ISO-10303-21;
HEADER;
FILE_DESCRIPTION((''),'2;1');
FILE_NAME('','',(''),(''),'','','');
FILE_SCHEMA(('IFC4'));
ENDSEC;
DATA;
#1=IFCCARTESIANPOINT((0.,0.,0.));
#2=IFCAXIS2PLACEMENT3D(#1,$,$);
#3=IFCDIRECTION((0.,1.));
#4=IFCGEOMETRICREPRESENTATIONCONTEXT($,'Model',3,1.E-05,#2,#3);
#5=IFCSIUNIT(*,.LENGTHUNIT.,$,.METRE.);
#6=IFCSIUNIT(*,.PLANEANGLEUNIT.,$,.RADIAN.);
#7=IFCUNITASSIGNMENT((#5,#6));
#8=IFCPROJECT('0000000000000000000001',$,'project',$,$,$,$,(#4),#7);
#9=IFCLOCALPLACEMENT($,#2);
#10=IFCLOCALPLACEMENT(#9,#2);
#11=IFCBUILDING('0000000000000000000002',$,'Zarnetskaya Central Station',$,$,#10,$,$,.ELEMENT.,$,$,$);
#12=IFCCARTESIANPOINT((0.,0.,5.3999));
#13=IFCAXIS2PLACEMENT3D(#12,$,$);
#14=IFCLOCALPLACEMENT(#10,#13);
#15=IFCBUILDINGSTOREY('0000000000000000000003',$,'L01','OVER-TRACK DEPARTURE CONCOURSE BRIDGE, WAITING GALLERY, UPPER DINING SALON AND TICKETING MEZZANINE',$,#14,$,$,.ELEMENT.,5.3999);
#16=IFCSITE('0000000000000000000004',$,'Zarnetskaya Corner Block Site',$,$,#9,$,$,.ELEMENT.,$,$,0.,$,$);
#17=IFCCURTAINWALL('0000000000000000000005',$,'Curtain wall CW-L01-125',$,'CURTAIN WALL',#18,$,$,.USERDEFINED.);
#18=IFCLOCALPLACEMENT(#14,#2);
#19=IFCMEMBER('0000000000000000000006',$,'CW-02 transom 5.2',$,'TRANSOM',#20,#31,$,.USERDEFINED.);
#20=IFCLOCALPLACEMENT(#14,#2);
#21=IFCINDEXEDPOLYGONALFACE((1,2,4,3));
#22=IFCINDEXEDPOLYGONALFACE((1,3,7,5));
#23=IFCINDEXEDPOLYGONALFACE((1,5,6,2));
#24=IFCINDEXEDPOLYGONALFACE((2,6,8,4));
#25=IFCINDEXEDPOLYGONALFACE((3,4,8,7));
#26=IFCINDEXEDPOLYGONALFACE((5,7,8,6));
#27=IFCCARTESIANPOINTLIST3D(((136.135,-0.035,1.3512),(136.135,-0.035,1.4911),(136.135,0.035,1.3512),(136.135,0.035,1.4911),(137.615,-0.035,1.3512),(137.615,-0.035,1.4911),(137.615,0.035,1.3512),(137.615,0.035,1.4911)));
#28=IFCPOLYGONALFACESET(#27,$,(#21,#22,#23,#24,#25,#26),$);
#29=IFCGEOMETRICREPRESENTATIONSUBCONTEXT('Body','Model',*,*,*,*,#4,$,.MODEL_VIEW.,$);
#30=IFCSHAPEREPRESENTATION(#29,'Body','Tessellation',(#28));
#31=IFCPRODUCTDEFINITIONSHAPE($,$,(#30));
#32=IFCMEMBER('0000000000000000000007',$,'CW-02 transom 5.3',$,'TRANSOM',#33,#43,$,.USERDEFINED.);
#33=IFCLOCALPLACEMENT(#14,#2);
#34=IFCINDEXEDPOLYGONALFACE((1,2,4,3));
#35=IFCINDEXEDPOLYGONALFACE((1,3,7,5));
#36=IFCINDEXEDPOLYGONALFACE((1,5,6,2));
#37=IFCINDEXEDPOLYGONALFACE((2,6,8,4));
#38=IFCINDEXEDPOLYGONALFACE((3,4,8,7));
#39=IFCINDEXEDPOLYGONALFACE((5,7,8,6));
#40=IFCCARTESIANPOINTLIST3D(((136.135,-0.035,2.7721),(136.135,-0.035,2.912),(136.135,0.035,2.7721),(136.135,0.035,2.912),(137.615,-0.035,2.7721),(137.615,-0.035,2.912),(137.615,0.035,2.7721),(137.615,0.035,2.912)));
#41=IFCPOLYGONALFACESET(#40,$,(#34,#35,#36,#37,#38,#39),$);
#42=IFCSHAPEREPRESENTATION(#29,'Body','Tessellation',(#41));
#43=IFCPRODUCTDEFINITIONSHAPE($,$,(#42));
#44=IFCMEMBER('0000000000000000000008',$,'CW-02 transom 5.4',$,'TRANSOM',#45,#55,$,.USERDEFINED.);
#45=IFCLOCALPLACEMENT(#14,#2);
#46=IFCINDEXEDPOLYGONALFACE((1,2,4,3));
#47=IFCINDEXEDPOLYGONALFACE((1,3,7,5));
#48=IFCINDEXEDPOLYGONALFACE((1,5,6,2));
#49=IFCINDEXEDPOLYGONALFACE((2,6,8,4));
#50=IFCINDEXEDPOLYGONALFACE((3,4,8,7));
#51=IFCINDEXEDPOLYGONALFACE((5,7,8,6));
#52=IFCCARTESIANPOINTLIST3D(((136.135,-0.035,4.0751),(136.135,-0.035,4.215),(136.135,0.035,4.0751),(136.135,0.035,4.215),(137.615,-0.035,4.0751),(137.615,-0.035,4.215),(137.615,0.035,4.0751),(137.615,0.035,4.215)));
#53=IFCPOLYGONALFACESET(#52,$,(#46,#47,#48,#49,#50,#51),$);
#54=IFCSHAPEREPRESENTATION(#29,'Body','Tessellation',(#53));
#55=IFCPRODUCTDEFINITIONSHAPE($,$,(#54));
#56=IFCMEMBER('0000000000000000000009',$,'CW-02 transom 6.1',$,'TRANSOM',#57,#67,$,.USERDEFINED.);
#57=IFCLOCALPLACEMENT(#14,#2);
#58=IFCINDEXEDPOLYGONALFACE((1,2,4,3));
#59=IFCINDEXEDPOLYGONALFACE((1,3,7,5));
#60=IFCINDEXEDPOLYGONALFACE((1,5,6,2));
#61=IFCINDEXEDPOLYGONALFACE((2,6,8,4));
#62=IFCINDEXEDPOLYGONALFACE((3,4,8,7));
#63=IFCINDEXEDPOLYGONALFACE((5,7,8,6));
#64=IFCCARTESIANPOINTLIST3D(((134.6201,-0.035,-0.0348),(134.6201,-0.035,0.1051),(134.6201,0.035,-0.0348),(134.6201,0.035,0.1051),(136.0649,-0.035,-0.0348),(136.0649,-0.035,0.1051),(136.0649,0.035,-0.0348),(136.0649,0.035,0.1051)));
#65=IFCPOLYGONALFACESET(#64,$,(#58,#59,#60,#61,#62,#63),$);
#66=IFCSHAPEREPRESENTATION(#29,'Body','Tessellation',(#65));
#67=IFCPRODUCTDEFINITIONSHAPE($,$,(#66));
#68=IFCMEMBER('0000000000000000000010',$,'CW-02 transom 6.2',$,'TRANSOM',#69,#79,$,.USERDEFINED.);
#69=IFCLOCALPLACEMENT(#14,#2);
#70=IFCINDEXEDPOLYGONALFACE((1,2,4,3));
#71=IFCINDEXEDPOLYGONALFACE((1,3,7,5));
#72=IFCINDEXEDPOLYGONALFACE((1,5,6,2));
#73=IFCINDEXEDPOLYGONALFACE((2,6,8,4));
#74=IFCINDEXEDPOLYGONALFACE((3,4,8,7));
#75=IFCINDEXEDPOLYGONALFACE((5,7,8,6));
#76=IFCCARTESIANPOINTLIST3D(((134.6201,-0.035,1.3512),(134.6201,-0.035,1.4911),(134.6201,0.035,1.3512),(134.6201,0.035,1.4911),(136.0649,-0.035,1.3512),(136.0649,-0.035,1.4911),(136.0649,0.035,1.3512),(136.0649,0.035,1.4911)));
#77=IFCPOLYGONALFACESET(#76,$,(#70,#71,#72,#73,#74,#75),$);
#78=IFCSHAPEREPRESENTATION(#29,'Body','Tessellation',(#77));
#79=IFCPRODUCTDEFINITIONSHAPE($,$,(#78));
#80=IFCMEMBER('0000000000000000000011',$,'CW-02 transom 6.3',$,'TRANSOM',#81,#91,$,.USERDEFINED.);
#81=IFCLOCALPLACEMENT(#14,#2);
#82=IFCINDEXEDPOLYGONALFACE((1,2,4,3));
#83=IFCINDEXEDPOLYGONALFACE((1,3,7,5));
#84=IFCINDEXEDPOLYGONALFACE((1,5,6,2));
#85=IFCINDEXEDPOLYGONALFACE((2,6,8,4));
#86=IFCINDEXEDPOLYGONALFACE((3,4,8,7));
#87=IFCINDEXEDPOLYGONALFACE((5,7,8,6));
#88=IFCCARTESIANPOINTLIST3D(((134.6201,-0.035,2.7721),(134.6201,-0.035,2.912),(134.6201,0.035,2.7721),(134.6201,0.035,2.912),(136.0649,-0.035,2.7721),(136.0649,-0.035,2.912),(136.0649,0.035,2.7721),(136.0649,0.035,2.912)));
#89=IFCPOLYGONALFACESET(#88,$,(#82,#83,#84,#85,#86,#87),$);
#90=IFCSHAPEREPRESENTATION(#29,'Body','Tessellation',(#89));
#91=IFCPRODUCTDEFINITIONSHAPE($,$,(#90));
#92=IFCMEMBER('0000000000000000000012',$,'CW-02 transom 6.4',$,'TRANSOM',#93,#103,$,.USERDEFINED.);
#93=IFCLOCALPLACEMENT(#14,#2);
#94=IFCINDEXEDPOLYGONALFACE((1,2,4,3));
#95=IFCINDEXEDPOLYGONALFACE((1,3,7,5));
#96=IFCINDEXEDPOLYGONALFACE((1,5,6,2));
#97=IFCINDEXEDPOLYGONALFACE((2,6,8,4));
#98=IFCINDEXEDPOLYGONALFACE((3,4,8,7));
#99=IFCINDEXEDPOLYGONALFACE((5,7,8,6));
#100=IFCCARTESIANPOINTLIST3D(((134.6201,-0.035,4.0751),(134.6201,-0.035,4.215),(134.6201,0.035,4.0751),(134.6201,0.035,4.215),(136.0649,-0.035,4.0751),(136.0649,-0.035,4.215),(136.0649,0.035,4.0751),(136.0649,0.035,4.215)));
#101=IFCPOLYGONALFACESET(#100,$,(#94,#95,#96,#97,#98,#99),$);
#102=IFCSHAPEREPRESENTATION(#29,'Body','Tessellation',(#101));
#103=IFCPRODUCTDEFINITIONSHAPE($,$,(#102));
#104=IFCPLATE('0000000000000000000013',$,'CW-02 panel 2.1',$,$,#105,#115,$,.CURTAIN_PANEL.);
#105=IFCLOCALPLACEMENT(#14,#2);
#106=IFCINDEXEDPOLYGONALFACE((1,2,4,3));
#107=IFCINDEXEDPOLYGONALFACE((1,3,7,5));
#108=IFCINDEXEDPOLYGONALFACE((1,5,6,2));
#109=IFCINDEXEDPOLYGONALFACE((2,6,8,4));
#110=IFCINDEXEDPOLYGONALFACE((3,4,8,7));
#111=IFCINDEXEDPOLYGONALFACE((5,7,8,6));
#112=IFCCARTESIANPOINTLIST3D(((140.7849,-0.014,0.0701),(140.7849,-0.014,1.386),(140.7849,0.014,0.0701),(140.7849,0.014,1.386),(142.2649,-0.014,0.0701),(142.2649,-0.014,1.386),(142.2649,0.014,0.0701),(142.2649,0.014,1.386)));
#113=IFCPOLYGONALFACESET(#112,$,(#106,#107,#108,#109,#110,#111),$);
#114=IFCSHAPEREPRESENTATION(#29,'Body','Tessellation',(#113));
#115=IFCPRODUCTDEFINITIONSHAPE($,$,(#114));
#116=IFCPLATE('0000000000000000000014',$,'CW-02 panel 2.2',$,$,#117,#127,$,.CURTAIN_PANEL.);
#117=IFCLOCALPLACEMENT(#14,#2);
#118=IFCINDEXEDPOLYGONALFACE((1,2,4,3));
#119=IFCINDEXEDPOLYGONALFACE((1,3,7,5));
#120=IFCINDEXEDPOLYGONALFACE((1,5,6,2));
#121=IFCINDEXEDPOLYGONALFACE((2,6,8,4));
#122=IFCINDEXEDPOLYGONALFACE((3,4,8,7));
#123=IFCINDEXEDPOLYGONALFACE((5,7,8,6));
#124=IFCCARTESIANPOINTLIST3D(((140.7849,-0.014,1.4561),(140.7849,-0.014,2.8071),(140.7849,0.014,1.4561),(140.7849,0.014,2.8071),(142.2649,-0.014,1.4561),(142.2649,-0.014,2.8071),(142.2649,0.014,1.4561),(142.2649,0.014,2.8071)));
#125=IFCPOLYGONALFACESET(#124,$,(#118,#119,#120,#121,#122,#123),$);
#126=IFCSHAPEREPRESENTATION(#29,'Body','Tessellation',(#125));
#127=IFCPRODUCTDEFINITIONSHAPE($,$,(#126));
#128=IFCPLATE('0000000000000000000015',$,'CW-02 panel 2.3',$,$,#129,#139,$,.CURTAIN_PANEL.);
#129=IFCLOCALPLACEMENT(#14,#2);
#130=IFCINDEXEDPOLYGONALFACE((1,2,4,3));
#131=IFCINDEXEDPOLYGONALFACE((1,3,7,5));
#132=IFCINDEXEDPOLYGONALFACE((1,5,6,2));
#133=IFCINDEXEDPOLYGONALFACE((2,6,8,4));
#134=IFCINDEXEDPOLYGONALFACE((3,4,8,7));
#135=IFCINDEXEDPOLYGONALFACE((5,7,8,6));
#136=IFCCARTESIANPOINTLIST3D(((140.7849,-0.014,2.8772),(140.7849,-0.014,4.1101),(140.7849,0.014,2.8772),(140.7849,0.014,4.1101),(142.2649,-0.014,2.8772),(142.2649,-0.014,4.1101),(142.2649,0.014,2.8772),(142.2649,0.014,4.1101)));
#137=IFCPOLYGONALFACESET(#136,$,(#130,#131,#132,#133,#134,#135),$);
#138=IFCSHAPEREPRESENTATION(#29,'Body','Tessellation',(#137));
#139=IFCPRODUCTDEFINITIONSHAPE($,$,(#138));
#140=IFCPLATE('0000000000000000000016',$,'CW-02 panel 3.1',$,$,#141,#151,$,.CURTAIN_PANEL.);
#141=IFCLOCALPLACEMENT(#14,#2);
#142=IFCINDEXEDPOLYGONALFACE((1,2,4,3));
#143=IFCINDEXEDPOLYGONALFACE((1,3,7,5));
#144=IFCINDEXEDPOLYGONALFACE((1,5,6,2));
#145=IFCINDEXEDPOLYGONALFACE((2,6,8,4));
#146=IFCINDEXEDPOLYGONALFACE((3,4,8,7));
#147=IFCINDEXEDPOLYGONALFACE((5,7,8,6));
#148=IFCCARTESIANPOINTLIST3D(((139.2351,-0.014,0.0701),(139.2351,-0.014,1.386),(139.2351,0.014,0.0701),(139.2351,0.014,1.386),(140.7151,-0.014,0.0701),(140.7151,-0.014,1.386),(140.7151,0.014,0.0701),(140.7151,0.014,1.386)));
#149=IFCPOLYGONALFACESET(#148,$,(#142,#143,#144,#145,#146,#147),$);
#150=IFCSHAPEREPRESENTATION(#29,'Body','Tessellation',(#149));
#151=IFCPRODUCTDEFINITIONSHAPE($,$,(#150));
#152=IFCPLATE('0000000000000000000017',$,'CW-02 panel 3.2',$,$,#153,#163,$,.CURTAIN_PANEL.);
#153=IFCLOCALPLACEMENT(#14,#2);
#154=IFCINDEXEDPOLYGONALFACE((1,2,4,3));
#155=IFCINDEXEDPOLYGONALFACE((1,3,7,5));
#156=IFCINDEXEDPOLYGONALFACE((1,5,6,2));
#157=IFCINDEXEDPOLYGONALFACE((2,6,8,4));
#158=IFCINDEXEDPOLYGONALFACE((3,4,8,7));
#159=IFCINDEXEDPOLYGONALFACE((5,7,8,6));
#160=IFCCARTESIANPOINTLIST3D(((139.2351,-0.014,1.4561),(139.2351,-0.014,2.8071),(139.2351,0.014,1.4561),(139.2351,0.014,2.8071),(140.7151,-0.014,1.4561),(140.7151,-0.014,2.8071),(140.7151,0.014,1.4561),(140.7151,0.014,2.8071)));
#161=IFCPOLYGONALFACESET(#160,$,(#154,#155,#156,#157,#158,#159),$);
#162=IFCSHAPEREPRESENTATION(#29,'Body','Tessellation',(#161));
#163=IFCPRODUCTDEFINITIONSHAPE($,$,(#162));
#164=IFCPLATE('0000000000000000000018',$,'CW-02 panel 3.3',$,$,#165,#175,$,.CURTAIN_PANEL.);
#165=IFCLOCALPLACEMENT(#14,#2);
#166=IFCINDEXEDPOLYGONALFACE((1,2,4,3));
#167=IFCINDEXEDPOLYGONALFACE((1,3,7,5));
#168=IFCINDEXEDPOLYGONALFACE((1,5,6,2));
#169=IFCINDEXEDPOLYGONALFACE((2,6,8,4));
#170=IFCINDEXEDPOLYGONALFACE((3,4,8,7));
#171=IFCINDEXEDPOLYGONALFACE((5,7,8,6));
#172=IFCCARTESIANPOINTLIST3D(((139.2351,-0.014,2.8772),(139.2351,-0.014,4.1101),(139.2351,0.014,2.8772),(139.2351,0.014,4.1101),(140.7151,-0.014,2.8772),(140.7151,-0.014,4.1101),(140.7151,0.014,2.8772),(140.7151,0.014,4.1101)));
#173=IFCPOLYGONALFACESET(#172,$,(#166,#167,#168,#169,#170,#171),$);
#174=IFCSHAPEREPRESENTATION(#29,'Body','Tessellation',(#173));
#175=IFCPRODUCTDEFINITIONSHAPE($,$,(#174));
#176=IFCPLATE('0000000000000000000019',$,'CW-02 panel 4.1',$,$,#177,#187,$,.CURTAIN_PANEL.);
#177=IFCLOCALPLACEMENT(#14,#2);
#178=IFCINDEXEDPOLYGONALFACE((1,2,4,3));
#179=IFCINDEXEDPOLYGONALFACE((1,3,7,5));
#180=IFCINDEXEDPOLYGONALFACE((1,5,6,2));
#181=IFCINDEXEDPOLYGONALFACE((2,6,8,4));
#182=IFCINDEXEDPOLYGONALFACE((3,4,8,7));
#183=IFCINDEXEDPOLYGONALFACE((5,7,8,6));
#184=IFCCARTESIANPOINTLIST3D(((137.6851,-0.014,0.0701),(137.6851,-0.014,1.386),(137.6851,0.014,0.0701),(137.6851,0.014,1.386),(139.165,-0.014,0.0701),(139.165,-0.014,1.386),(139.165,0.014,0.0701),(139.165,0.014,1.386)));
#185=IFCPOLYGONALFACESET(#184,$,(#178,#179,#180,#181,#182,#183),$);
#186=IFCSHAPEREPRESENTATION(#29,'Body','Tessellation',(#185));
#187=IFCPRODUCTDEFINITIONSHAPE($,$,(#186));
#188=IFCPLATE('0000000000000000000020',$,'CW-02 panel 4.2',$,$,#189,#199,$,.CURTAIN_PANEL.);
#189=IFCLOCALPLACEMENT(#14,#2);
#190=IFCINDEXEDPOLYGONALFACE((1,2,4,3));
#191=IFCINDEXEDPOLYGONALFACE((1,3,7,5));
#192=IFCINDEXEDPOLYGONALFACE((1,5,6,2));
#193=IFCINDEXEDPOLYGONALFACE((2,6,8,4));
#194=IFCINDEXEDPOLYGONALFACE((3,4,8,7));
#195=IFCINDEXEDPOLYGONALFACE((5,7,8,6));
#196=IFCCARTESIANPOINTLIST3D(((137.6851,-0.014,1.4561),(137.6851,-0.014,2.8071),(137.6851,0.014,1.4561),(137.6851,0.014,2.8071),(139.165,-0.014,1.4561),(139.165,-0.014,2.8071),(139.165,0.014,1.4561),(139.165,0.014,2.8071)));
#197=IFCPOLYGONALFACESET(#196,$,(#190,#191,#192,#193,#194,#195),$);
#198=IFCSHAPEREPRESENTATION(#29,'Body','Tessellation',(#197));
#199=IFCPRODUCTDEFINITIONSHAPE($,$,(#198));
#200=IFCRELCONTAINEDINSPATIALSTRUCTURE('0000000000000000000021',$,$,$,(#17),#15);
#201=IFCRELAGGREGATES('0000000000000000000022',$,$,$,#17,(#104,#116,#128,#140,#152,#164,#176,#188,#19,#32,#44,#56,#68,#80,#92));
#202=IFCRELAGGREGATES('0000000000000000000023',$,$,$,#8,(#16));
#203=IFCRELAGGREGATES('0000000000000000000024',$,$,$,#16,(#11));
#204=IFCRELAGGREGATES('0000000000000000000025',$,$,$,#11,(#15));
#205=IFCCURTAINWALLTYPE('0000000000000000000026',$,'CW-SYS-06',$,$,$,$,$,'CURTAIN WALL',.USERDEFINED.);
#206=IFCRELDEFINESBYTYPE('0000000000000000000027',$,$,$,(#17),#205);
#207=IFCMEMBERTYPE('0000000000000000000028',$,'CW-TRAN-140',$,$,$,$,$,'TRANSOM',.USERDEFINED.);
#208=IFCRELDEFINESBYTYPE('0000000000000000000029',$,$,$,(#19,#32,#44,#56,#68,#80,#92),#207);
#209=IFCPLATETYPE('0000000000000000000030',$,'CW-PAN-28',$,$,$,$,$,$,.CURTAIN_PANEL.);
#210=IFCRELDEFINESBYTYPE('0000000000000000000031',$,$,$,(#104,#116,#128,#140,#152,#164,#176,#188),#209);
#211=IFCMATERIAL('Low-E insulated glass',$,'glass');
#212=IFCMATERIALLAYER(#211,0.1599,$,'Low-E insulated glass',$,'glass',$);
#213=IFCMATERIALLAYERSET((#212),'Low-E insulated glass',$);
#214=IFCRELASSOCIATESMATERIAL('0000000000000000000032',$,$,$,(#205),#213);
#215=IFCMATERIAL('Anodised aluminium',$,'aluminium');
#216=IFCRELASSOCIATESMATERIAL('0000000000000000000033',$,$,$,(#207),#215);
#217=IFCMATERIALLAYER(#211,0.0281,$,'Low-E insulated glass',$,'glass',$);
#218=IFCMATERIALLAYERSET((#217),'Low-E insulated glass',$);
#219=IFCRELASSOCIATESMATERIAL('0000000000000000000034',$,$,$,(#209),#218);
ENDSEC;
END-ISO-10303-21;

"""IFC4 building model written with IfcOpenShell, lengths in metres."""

from ifc_helpers import new_model, si_unit, direction, frame, origin, origin_2d, place, context, subcontext, project, spatial, rectangle, extrude, material, layer, layer_set, material_profile, profile_set, type_object, element, aggregate, save


model = new_model("IFC4")

# Units and contexts
model_context = context("Model", 3, precision=1e-05, world=origin(), true_north=direction((0.0, 1.0)))
body_context = subcontext(model_context, "Body", "Model", "MODEL_VIEW")
ifc_project = project(units=[si_unit("LENGTHUNIT", "METRE"), si_unit("PLANEANGLEUNIT", "RADIAN")], contexts=[model_context])

# Site, building, storey
site_placement = place(None, origin())
site = spatial("IfcSite", under=ifc_project, at=site_placement, Name="Zarnetskaya Corner Block Site", CompositionType="ELEMENT", RefElevation=0.0)
building_placement = place(site_placement, origin())
building = spatial("IfcBuilding", under=site, at=building_placement, Name="Zarnetskaya Central Station", CompositionType="ELEMENT")
storey_placement = place(building_placement, frame((0.0, 0.0, 5.3999)))
storey = spatial("IfcBuildingStorey", under=building, at=storey_placement, Name="L01", Description="OVER-TRACK DEPARTURE CONCOURSE BRIDGE, WAITING GALLERY, UPPER DINING SALON AND TICKETING MEZZANINE", CompositionType="ELEMENT", Elevation=5.3999)

# Curtain wall, members, plates
ifc_material_1 = material(Name="Low-E insulated glass", Category="glass")
ifc_layer_1 = layer(ifc_material_1, 0.1599, Name="Low-E insulated glass", Category="glass")
ifc_layer_set_1 = layer_set([ifc_layer_1], Name="Low-E insulated glass")
curtain_wall_type = type_object("IfcCurtainWallType", Name="CW-SYS-06", ElementType="CURTAIN WALL", PredefinedType="USERDEFINED", material=ifc_layer_set_1)
curtain_wall_placement = place(storey_placement, origin())
curtain_wall = element("IfcCurtainWall", 1, at=curtain_wall_placement, inside=storey, type_object=curtain_wall_type, Name="Curtain wall CW-L01-125", ObjectType="CURTAIN WALL", PredefinedType="USERDEFINED")
ifc_material_2 = material(Name="Anodised aluminium", Category="aluminium")
ifc_material_profile_1 = material_profile(ifc_material_2, rectangle(XDim=0.0701, YDim=0.1399, at=origin_2d()), Name="ALU TRAN 70x140")
ifc_profile_set_1 = profile_set([ifc_material_profile_1], Name="Anodised aluminium")
member_type_1 = type_object("IfcMemberType", Name="CW-TRAN-140", ElementType="TRANSOM", PredefinedType="USERDEFINED", material=ifc_profile_set_1)
member_1_placement = place(storey_placement, frame((137.615, 0.0, 1.4211), z_axis=(-1.0, 0.0, 0.0), x_axis=(0.0, -1.0, 0.0)))
member_1 = element("IfcMember", 2, at=member_1_placement, type_object=member_type_1, Name="CW-02 transom 5.2", ObjectType="TRANSOM", PredefinedType="USERDEFINED", context=body_context, shape_type="SweptSolid", body=[
    extrude(rectangle(XDim=0.0701, YDim=0.1399, at=origin_2d()), origin(), (0.0, 0.0, 1.0), 1.48),
])
member_2_placement = place(storey_placement, frame((137.615, 0.0, 2.842), z_axis=(-1.0, 0.0, 0.0), x_axis=(0.0, -1.0, 0.0)))
member_2 = element("IfcMember", 3, at=member_2_placement, type_object=member_type_1, Name="CW-02 transom 5.3", ObjectType="TRANSOM", PredefinedType="USERDEFINED", context=body_context, shape_type="SweptSolid", body=[
    extrude(rectangle(XDim=0.0701, YDim=0.1399, at=origin_2d()), origin(), (0.0, 0.0, 1.0), 1.48),
])
member_3_placement = place(storey_placement, frame((137.615, 0.0, 4.145), z_axis=(-1.0, 0.0, 0.0), x_axis=(0.0, -1.0, 0.0)))
member_3 = element("IfcMember", 4, at=member_3_placement, type_object=member_type_1, Name="CW-02 transom 5.4", ObjectType="TRANSOM", PredefinedType="USERDEFINED", context=body_context, shape_type="SweptSolid", body=[
    extrude(rectangle(XDim=0.0701, YDim=0.1399, at=origin_2d()), origin(), (0.0, 0.0, 1.0), 1.48),
])
member_4_placement = place(storey_placement, frame((136.0649, 0.0, 0.0352), z_axis=(-1.0, 0.0, 0.0), x_axis=(0.0, -1.0, 0.0)))
member_4 = element("IfcMember", 5, at=member_4_placement, type_object=member_type_1, Name="CW-02 transom 6.1", ObjectType="TRANSOM", PredefinedType="USERDEFINED", context=body_context, shape_type="SweptSolid", body=[
    extrude(rectangle(XDim=0.0701, YDim=0.1399, at=origin_2d()), origin(), (0.0, 0.0, 1.0), 1.4448),
])
member_5_placement = place(storey_placement, frame((136.0649, 0.0, 1.4211), z_axis=(-1.0, 0.0, 0.0), x_axis=(0.0, -1.0, 0.0)))
member_5 = element("IfcMember", 6, at=member_5_placement, type_object=member_type_1, Name="CW-02 transom 6.2", ObjectType="TRANSOM", PredefinedType="USERDEFINED", context=body_context, shape_type="SweptSolid", body=[
    extrude(rectangle(XDim=0.0701, YDim=0.1399, at=origin_2d()), origin(), (0.0, 0.0, 1.0), 1.4448),
])
member_6_placement = place(storey_placement, frame((136.0649, 0.0, 2.842), z_axis=(-1.0, 0.0, 0.0), x_axis=(0.0, -1.0, 0.0)))
member_6 = element("IfcMember", 7, at=member_6_placement, type_object=member_type_1, Name="CW-02 transom 6.3", ObjectType="TRANSOM", PredefinedType="USERDEFINED", context=body_context, shape_type="SweptSolid", body=[
    extrude(rectangle(XDim=0.0701, YDim=0.1399, at=origin_2d()), origin(), (0.0, 0.0, 1.0), 1.4448),
])
member_7_placement = place(storey_placement, frame((136.0649, 0.0, 4.145), z_axis=(-1.0, 0.0, 0.0), x_axis=(0.0, -1.0, 0.0)))
member_7 = element("IfcMember", 8, at=member_7_placement, type_object=member_type_1, Name="CW-02 transom 6.4", ObjectType="TRANSOM", PredefinedType="USERDEFINED", context=body_context, shape_type="SweptSolid", body=[
    extrude(rectangle(XDim=0.0701, YDim=0.1399, at=origin_2d()), origin(), (0.0, 0.0, 1.0), 1.4448),
])
ifc_layer_2 = layer(ifc_material_1, 0.0281, Name="Low-E insulated glass", Category="glass")
ifc_layer_set_2 = layer_set([ifc_layer_2], Name="Low-E insulated glass")
plate_type = type_object("IfcPlateType", Name="CW-PAN-28", PredefinedType="CURTAIN_PANEL", material=ifc_layer_set_2)
plate_1_placement = place(storey_placement, frame((141.5249, 0.0, 0.0701), z_axis=(0.0, 0.0, 1.0), x_axis=(-1.0, 0.0, 0.0)))
plate_1 = element("IfcPlate", 9, at=plate_1_placement, type_object=plate_type, Name="CW-02 panel 2.1", PredefinedType="CURTAIN_PANEL", context=body_context, shape_type="SweptSolid", body=[
    extrude(rectangle(XDim=1.48, YDim=0.0281, at=origin_2d()), origin(), (0.0, 0.0, 1.0), 1.3159),
])
plate_2_placement = place(storey_placement, frame((141.5249, 0.0, 1.4561), z_axis=(0.0, 0.0, 1.0), x_axis=(-1.0, 0.0, 0.0)))
plate_2 = element("IfcPlate", 10, at=plate_2_placement, type_object=plate_type, Name="CW-02 panel 2.2", PredefinedType="CURTAIN_PANEL", context=body_context, shape_type="SweptSolid", body=[
    extrude(rectangle(XDim=1.48, YDim=0.0281, at=origin_2d()), origin(), (0.0, 0.0, 1.0), 1.3511),
])
plate_3_placement = place(storey_placement, frame((141.5249, 0.0, 2.8772), z_axis=(0.0, 0.0, 1.0), x_axis=(-1.0, 0.0, 0.0)))
plate_3 = element("IfcPlate", 11, at=plate_3_placement, type_object=plate_type, Name="CW-02 panel 2.3", PredefinedType="CURTAIN_PANEL", context=body_context, shape_type="SweptSolid", body=[
    extrude(rectangle(XDim=1.48, YDim=0.0281, at=origin_2d()), origin(), (0.0, 0.0, 1.0), 1.2329),
])
plate_4_placement = place(storey_placement, frame((139.9751, 0.0, 0.0701), z_axis=(0.0, 0.0, 1.0), x_axis=(-1.0, 0.0, 0.0)))
plate_4 = element("IfcPlate", 12, at=plate_4_placement, type_object=plate_type, Name="CW-02 panel 3.1", PredefinedType="CURTAIN_PANEL", context=body_context, shape_type="SweptSolid", body=[
    extrude(rectangle(XDim=1.48, YDim=0.0281, at=origin_2d()), origin(), (0.0, 0.0, 1.0), 1.3159),
])
plate_5_placement = place(storey_placement, frame((139.9751, 0.0, 1.4561), z_axis=(0.0, 0.0, 1.0), x_axis=(-1.0, 0.0, 0.0)))
plate_5 = element("IfcPlate", 13, at=plate_5_placement, type_object=plate_type, Name="CW-02 panel 3.2", PredefinedType="CURTAIN_PANEL", context=body_context, shape_type="SweptSolid", body=[
    extrude(rectangle(XDim=1.48, YDim=0.0281, at=origin_2d()), origin(), (0.0, 0.0, 1.0), 1.3511),
])
plate_6_placement = place(storey_placement, frame((139.9751, 0.0, 2.8772), z_axis=(0.0, 0.0, 1.0), x_axis=(-1.0, 0.0, 0.0)))
plate_6 = element("IfcPlate", 14, at=plate_6_placement, type_object=plate_type, Name="CW-02 panel 3.3", PredefinedType="CURTAIN_PANEL", context=body_context, shape_type="SweptSolid", body=[
    extrude(rectangle(XDim=1.48, YDim=0.0281, at=origin_2d()), origin(), (0.0, 0.0, 1.0), 1.2329),
])
plate_7_placement = place(storey_placement, frame((138.425, 0.0, 0.0701), z_axis=(0.0, 0.0, 1.0), x_axis=(-1.0, 0.0, 0.0)))
plate_7 = element("IfcPlate", 15, at=plate_7_placement, type_object=plate_type, Name="CW-02 panel 4.1", PredefinedType="CURTAIN_PANEL", context=body_context, shape_type="SweptSolid", body=[
    extrude(rectangle(XDim=1.48, YDim=0.0281, at=origin_2d()), origin(), (0.0, 0.0, 1.0), 1.3159),
])
plate_8_placement = place(storey_placement, frame((138.425, 0.0, 1.4561), z_axis=(0.0, 0.0, 1.0), x_axis=(-1.0, 0.0, 0.0)))
plate_8 = element("IfcPlate", 16, at=plate_8_placement, type_object=plate_type, Name="CW-02 panel 4.2", PredefinedType="CURTAIN_PANEL", context=body_context, shape_type="SweptSolid", body=[
    extrude(rectangle(XDim=1.48, YDim=0.0281, at=origin_2d()), origin(), (0.0, 0.0, 1.0), 1.3511),
])
aggregate(curtain_wall, [plate_1, plate_2, plate_3, plate_4, plate_5, plate_6, plate_7, plate_8, member_1, member_2, member_3, member_4, member_5, member_6, member_7])

save(model, "model.ifc")
